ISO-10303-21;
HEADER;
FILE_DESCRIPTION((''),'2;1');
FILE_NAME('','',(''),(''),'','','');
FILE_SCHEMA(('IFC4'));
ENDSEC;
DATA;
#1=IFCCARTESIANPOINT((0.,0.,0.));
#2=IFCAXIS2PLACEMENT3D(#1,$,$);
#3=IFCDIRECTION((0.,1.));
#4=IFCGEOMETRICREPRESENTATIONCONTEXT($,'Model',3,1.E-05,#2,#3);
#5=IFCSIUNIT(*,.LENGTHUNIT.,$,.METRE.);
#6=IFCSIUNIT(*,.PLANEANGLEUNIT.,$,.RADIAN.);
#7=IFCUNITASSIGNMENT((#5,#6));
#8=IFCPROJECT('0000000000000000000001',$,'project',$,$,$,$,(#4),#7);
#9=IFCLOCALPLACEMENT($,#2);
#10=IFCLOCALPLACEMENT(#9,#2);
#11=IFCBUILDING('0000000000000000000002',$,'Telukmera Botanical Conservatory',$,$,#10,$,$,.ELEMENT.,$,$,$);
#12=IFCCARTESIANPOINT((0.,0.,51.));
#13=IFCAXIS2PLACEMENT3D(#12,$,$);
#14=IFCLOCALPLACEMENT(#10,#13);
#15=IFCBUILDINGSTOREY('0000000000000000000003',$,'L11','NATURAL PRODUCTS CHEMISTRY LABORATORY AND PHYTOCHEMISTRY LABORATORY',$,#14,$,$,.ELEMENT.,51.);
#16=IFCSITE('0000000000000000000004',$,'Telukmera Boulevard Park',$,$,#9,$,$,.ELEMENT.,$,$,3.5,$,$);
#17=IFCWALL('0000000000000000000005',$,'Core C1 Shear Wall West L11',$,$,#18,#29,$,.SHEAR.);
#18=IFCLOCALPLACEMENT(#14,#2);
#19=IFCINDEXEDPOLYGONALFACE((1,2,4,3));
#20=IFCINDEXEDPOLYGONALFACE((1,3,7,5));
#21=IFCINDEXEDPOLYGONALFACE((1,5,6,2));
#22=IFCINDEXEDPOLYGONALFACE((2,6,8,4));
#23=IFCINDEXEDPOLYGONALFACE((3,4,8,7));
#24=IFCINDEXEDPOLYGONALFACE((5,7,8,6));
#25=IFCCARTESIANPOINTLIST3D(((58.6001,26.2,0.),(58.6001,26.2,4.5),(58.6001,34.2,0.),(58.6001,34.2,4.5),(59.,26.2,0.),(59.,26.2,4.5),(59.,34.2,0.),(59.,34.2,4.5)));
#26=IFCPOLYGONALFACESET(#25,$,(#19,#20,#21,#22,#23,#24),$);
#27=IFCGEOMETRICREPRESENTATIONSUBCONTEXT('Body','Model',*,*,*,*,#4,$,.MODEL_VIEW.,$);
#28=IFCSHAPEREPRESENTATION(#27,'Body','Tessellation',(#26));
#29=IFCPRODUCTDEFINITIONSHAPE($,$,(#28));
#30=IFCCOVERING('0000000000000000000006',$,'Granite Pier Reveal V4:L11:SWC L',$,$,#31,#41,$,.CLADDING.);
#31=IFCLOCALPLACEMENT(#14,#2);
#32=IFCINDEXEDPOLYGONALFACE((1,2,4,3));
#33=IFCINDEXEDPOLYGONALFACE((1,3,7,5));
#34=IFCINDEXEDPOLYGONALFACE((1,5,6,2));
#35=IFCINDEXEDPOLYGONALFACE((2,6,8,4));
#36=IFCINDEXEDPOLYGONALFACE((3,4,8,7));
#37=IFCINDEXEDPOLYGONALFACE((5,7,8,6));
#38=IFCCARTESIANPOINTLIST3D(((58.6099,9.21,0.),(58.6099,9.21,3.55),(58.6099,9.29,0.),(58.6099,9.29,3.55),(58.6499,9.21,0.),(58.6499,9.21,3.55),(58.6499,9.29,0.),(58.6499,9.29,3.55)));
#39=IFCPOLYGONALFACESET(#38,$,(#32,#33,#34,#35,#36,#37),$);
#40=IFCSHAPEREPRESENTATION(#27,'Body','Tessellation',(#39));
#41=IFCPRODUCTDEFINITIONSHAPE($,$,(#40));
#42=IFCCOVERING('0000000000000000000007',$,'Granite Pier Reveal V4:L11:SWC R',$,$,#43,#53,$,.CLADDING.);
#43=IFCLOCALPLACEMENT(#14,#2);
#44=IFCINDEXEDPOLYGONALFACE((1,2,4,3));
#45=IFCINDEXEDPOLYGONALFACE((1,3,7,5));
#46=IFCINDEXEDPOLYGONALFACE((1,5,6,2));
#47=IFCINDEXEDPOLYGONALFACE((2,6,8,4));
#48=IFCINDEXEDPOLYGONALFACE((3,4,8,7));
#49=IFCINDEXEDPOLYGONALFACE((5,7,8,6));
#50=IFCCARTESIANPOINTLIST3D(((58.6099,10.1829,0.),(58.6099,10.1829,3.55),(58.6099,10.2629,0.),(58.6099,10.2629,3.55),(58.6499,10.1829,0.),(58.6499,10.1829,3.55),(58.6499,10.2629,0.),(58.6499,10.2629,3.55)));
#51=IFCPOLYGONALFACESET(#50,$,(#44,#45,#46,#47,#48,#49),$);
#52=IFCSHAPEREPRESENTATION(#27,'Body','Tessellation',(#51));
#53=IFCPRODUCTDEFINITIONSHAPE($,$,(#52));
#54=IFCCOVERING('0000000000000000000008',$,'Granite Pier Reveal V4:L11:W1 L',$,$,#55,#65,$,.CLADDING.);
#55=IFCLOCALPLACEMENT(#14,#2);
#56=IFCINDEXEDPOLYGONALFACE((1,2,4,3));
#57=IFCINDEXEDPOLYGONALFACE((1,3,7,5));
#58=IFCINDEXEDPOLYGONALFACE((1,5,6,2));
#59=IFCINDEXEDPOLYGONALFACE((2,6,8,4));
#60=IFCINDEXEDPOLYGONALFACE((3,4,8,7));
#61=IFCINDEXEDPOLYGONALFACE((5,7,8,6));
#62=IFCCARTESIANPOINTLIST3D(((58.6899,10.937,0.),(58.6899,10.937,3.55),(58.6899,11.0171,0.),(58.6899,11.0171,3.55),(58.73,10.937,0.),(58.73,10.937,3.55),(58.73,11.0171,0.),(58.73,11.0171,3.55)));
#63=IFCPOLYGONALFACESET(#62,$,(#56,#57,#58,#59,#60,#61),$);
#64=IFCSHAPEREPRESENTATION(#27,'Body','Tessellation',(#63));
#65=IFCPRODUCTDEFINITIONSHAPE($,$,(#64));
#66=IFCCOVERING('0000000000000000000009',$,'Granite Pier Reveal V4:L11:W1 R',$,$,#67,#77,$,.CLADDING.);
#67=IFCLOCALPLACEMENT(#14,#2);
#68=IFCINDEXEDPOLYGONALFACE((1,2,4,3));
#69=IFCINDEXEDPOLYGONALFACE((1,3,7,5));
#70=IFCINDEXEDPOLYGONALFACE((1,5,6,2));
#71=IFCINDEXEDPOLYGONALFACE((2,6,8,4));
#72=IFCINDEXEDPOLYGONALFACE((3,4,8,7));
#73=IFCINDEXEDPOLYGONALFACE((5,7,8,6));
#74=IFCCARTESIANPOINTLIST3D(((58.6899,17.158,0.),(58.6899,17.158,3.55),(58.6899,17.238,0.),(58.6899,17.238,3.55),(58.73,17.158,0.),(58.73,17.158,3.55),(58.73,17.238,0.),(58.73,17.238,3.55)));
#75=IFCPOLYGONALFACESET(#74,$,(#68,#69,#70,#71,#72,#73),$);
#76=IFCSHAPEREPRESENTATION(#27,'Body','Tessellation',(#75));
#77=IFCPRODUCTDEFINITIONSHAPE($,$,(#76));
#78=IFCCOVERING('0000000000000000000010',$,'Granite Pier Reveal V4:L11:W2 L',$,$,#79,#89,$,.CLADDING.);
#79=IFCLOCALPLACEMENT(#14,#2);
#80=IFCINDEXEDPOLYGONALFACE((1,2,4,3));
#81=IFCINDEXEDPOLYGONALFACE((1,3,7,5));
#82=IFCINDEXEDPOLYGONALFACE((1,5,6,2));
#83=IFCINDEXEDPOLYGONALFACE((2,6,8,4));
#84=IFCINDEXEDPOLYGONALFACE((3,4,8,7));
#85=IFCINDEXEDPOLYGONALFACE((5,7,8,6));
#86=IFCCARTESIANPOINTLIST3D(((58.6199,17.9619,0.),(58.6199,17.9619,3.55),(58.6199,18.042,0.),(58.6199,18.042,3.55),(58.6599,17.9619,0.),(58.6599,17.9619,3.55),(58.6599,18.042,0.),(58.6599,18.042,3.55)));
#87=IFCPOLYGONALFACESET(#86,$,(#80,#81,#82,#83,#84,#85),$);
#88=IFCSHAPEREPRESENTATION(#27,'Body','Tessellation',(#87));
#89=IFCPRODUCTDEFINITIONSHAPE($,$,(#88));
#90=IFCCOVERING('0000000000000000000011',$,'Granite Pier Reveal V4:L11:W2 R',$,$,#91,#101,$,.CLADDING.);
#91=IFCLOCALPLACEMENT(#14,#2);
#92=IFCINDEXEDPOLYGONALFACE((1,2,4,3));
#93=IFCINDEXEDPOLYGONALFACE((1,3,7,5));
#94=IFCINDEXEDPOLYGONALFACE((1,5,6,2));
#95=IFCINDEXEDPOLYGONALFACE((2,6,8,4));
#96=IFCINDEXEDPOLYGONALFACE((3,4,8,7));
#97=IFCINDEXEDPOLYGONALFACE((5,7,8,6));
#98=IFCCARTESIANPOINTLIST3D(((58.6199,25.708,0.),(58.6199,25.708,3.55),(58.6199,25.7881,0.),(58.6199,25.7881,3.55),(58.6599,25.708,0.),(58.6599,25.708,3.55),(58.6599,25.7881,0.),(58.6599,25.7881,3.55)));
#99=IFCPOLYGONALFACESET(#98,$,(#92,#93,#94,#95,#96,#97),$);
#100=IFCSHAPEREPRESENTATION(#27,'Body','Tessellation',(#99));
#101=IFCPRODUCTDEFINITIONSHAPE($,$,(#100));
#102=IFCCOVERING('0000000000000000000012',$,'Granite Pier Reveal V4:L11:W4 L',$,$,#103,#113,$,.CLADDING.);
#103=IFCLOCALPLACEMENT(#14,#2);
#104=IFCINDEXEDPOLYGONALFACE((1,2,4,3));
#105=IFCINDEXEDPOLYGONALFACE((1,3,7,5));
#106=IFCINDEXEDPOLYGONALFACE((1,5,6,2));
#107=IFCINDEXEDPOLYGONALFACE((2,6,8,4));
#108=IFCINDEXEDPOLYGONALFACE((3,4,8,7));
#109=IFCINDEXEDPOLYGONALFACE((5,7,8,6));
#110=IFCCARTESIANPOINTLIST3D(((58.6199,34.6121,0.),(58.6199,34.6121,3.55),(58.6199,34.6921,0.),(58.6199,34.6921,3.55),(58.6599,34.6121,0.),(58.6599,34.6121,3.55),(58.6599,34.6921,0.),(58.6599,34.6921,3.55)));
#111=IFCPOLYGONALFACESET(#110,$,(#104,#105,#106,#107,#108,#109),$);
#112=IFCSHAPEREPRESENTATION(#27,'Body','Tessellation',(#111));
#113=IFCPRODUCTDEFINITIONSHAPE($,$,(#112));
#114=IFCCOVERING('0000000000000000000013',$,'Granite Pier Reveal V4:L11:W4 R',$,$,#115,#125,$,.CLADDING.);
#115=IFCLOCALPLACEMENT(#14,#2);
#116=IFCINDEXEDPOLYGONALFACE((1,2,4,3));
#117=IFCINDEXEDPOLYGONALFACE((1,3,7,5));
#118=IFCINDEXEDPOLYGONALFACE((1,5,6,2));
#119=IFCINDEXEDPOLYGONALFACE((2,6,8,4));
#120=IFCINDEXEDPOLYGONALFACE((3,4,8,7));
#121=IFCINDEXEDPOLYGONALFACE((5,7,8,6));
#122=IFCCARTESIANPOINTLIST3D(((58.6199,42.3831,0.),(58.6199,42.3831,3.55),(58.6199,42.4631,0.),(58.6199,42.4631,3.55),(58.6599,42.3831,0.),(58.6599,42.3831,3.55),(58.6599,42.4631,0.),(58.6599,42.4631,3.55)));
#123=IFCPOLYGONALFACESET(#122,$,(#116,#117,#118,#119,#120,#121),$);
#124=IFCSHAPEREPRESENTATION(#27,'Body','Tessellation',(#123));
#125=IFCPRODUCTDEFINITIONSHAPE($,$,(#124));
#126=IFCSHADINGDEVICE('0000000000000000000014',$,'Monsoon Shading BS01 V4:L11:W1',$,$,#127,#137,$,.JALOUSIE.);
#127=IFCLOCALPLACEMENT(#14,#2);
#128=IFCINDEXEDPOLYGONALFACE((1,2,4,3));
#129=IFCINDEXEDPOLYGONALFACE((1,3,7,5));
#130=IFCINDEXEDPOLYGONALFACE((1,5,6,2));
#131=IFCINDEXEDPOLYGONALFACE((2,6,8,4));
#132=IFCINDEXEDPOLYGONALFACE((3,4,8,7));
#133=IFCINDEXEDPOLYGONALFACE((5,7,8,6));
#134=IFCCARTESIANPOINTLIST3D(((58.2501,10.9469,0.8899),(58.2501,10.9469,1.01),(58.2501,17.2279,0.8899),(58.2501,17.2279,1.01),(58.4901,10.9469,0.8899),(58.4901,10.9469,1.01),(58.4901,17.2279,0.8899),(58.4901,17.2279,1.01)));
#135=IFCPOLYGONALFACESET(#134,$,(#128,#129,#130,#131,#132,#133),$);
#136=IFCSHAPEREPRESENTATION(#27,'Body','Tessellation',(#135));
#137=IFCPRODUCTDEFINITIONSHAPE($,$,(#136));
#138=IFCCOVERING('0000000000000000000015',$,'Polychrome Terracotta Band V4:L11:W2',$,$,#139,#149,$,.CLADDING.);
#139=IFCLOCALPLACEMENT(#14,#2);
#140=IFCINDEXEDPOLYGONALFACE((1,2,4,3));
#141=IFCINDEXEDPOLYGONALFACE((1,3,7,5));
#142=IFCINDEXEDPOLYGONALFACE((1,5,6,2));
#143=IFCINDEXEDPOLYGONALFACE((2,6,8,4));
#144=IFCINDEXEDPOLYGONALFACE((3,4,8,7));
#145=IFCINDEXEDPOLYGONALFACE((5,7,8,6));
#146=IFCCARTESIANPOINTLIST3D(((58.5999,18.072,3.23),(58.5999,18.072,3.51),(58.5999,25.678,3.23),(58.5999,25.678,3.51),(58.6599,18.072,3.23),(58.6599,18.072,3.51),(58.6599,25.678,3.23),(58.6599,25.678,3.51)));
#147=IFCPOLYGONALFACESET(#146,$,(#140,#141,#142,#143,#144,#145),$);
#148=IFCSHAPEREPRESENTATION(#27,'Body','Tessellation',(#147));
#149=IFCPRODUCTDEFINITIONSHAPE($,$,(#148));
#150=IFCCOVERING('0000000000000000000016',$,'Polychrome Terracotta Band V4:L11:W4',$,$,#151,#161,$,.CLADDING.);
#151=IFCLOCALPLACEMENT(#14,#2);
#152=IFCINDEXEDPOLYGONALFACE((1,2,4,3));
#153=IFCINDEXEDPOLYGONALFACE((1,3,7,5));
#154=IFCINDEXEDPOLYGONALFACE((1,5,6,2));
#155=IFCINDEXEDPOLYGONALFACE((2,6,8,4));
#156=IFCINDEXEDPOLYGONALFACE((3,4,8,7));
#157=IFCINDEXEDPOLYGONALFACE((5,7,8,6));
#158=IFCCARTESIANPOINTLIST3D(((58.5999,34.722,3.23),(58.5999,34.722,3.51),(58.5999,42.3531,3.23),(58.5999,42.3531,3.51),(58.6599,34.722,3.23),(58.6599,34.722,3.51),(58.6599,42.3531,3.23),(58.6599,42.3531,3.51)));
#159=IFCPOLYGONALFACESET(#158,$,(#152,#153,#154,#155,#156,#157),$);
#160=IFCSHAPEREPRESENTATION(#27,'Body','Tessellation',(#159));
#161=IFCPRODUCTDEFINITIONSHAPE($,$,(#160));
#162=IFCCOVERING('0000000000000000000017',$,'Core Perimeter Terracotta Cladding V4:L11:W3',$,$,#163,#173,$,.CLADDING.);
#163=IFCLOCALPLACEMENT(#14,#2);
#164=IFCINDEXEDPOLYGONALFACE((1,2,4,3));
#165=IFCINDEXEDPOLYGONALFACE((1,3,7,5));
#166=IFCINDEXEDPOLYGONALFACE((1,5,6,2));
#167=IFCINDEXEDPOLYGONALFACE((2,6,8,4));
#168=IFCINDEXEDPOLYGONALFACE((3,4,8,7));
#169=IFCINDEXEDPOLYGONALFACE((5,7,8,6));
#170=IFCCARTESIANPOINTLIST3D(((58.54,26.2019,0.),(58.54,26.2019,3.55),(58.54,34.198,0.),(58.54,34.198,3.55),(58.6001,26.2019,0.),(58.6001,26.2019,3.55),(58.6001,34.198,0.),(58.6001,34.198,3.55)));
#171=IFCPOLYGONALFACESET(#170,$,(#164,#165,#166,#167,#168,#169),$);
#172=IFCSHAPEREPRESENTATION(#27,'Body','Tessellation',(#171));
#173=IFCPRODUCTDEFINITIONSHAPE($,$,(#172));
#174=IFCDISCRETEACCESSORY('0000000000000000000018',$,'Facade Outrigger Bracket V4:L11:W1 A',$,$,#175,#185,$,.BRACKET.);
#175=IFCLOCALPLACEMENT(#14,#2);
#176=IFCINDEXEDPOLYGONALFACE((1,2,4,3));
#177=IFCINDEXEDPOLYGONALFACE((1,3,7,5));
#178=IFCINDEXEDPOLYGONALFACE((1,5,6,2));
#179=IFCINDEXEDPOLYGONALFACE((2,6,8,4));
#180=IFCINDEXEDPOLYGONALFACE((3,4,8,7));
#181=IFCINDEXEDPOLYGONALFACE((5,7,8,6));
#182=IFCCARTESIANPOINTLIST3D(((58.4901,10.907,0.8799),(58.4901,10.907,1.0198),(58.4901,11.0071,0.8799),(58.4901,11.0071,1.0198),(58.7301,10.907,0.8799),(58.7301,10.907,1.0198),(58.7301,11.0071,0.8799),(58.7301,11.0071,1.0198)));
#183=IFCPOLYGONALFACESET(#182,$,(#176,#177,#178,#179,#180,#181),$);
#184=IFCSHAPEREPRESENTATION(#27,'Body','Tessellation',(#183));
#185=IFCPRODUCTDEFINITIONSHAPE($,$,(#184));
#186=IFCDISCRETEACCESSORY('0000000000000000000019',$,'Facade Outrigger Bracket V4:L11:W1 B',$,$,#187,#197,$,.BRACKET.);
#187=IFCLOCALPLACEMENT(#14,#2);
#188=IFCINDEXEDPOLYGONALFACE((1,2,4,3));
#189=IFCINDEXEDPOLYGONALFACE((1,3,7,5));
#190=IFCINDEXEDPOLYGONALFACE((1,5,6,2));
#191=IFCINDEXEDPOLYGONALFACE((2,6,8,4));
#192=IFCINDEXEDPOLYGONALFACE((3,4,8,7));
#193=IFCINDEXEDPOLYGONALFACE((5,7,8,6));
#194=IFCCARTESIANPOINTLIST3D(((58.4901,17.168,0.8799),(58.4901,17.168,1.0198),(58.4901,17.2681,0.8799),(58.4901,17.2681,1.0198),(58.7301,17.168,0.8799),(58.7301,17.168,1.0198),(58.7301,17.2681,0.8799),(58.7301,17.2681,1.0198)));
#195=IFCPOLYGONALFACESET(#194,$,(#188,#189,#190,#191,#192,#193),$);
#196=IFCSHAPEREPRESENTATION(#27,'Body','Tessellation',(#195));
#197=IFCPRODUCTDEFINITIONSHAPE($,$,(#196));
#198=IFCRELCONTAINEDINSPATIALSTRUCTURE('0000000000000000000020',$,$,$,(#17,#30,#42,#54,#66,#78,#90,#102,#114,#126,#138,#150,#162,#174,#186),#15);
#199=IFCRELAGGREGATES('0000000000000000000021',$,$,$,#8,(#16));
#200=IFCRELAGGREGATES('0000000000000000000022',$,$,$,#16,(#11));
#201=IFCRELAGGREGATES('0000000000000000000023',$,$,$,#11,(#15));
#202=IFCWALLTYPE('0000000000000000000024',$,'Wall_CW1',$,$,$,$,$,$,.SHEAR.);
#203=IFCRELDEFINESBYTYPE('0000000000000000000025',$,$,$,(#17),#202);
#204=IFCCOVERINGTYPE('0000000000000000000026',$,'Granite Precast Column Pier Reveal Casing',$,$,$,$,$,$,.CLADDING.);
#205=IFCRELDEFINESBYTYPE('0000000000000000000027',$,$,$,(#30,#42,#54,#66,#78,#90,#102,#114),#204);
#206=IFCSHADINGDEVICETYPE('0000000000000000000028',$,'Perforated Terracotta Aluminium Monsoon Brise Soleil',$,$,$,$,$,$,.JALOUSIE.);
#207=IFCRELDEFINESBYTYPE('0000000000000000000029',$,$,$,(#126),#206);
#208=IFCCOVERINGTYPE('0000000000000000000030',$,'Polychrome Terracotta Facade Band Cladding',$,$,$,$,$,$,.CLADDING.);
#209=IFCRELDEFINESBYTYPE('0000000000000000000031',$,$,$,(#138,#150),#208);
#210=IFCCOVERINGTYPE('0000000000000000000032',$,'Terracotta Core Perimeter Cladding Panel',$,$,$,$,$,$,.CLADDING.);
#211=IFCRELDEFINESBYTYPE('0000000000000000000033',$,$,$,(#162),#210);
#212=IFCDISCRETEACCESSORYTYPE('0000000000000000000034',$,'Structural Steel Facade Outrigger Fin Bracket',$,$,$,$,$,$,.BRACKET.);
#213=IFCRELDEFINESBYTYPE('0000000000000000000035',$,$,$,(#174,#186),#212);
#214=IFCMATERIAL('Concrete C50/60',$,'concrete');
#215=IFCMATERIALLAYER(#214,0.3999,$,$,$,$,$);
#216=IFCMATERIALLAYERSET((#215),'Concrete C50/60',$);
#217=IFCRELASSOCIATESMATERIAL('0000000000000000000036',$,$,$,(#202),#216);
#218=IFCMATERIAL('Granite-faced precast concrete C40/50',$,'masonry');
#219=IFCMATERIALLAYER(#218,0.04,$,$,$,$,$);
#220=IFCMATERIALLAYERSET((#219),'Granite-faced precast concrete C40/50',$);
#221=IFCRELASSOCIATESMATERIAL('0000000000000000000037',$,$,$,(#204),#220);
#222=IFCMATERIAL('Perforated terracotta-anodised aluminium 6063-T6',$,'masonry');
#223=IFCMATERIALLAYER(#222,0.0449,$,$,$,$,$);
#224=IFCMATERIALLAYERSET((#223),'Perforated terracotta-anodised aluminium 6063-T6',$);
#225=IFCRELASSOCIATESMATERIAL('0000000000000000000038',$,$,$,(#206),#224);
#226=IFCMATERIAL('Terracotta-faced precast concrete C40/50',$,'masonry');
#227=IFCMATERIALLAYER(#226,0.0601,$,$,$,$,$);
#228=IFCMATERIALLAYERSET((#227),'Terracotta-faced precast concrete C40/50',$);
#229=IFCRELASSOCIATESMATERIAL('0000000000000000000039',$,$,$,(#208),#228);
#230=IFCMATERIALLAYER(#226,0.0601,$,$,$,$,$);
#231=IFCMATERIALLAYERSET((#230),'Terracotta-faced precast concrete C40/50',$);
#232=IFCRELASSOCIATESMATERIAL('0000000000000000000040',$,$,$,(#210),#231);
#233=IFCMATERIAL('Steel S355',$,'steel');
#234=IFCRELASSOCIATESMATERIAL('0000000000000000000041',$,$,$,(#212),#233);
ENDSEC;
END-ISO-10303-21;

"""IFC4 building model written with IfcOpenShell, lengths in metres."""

from ifc_helpers import new_model, si_unit, direction, frame, frame_2d, origin, origin_2d, place, context, subcontext, project, spatial, rectangle, extrude, material, layer, layer_set, type_object, element, save


model = new_model("IFC4")

# Units and contexts
model_context = context("Model", 3, precision=1e-05, world=origin(), true_north=direction((0.0, 1.0)))
body_context = subcontext(model_context, "Body", "Model", "MODEL_VIEW")
ifc_project = project(units=[si_unit("LENGTHUNIT", "METRE"), si_unit("PLANEANGLEUNIT", "RADIAN")], contexts=[model_context])

# Site, building, storey
site_placement = place(None, origin())
site = spatial("IfcSite", under=ifc_project, at=site_placement, Name="Telukmera Boulevard Park", CompositionType="ELEMENT", RefElevation=3.5)
building_placement = place(site_placement, origin())
building = spatial("IfcBuilding", under=site, at=building_placement, Name="Telukmera Botanical Conservatory", CompositionType="ELEMENT")
storey_placement = place(building_placement, frame((0.0, 0.0, 51.0)))
storey = spatial("IfcBuildingStorey", under=building, at=storey_placement, Name="L11", Description="NATURAL PRODUCTS CHEMISTRY LABORATORY AND PHYTOCHEMISTRY LABORATORY", CompositionType="ELEMENT", Elevation=51.0)

# Shared definitions
ifc_material_1 = material(Name="Concrete C50/60", Category="concrete")

# Wall
ifc_material_2 = material(Name="Terracotta-faced precast concrete C40/50", Category="masonry")
ifc_layer_1 = layer(ifc_material_1, 0.3999)
ifc_layer_set_1 = layer_set([ifc_layer_1], Name="Concrete C50/60")
wall_type_1 = type_object("IfcWallType", Name="Wall_CW1", PredefinedType="SHEAR", material=ifc_layer_set_1)
wall_1_placement = place(storey_placement, frame((58.8, 26.2, 0.0), z_axis=(0.0, 0.0, 1.0), x_axis=(0.0, 1.0, 0.0)))
element("IfcWall", 1, at=wall_1_placement, inside=storey, type_object=wall_type_1, Name="Core C1 Shear Wall West L11", PredefinedType="SHEAR", context=body_context, shape_type="SweptSolid", body=[
    extrude(rectangle(XDim=8.0, YDim=0.3999, at=frame_2d((4.0, 0.0))), origin(), (0.0, 0.0, 1.0), 4.5),
])

# Coverings
ifc_material_3 = material(Name="Granite-faced precast concrete C40/50", Category="masonry")
ifc_layer_2 = layer(ifc_material_3, 0.04)
ifc_layer_set_2 = layer_set([ifc_layer_2], Name="Granite-faced precast concrete C40/50")
covering_type_1 = type_object("IfcCoveringType", Name="Granite Precast Column Pier Reveal Casing", PredefinedType="CLADDING", material=ifc_layer_set_2)
for number, where, z_axis, x_axis, name in (
    (2, (58.6299, 9.25, 0.0), (0.0, 0.0, 1.0), (0.0, 1.0, 0.0), "Granite Pier Reveal V4:L11:SWC L"),
    (3, (58.6299, 10.2229, 0.0), (0.0, 0.0, 1.0), (0.0, 1.0, 0.0), "Granite Pier Reveal V4:L11:SWC R"),
    (4, (58.71, 10.9771, 0.0), (0.0, 0.0, 1.0), (0.0, 1.0, 0.0), "Granite Pier Reveal V4:L11:W1 L"),
    (5, (58.71, 17.198, 0.0), (0.0, 0.0, 1.0), (0.0, 1.0, 0.0), "Granite Pier Reveal V4:L11:W1 R"),
    (6, (58.6399, 18.002, 0.0), (0.0, 0.0, 1.0), (0.0, 1.0, 0.0), "Granite Pier Reveal V4:L11:W2 L"),
    (7, (58.6399, 25.748, 0.0), (0.0, 0.0, 1.0), (0.0, 1.0, 0.0), "Granite Pier Reveal V4:L11:W2 R"),
    (8, (58.6399, 34.6521, 0.0), (0.0, 0.0, 1.0), (0.0, 1.0, 0.0), "Granite Pier Reveal V4:L11:W4 L"),
    (9, (58.6399, 42.4231, 0.0), (0.0, 0.0, 1.0), (0.0, 1.0, 0.0), "Granite Pier Reveal V4:L11:W4 R"),
):
    element("IfcCovering", number, at=place(storey_placement, frame(where, z_axis=z_axis, x_axis=x_axis)), inside=storey, type_object=covering_type_1, Name=name, PredefinedType="CLADDING", context=body_context, shape_type="SweptSolid", body=[
        extrude(rectangle(XDim=0.0801, YDim=0.04, at=origin_2d()), origin(), (0.0, 0.0, 1.0), 3.55),
    ])

# Shading device
ifc_material_4 = material(Name="Perforated terracotta-anodised aluminium 6063-T6", Category="masonry")
ifc_layer_3 = layer(ifc_material_4, 0.0449)
ifc_layer_set_3 = layer_set([ifc_layer_3], Name="Perforated terracotta-anodised aluminium 6063-T6")
shading_device_type = type_object("IfcShadingDeviceType", Name="Perforated Terracotta Aluminium Monsoon Brise Soleil", PredefinedType="JALOUSIE", material=ifc_layer_set_3)
shading_device_placement = place(storey_placement, frame((58.3701, 14.0874, 0.8899), z_axis=(0.0, 0.0, 1.0), x_axis=(0.0, 1.0, 0.0)))
element("IfcShadingDevice", 10, at=shading_device_placement, inside=storey, type_object=shading_device_type, Name="Monsoon Shading BS01 V4:L11:W1", PredefinedType="JALOUSIE", context=body_context, shape_type="SweptSolid", body=[
    extrude(rectangle(XDim=6.281, YDim=0.24, at=origin_2d()), origin(), (0.0, 0.0, 1.0), 0.1201),
])

# Coverings
ifc_layer_4 = layer(ifc_material_2, 0.0601)
ifc_layer_set_4 = layer_set([ifc_layer_4], Name="Terracotta-faced precast concrete C40/50")
covering_type_2 = type_object("IfcCoveringType", Name="Polychrome Terracotta Facade Band Cladding", PredefinedType="CLADDING", material=ifc_layer_set_4)
covering_1_placement = place(storey_placement, frame((58.6299, 21.875, 3.23), z_axis=(0.0, 0.0, 1.0), x_axis=(0.0, 1.0, 0.0)))
element("IfcCovering", 11, at=covering_1_placement, inside=storey, type_object=covering_type_2, Name="Polychrome Terracotta Band V4:L11:W2", PredefinedType="CLADDING", context=body_context, shape_type="SweptSolid", body=[
    extrude(rectangle(XDim=7.606, YDim=0.0601, at=origin_2d()), origin(), (0.0, 0.0, 1.0), 0.28),
])
covering_2_placement = place(storey_placement, frame((58.6299, 38.5376, 3.23), z_axis=(0.0, 0.0, 1.0), x_axis=(0.0, 1.0, 0.0)))
element("IfcCovering", 12, at=covering_2_placement, inside=storey, type_object=covering_type_2, Name="Polychrome Terracotta Band V4:L11:W4", PredefinedType="CLADDING", context=body_context, shape_type="SweptSolid", body=[
    extrude(rectangle(XDim=7.6311, YDim=0.0601, at=origin_2d()), origin(), (0.0, 0.0, 1.0), 0.28),
])
ifc_layer_5 = layer(ifc_material_2, 0.0601)
ifc_layer_set_5 = layer_set([ifc_layer_5], Name="Terracotta-faced precast concrete C40/50")
covering_type_3 = type_object("IfcCoveringType", Name="Terracotta Core Perimeter Cladding Panel", PredefinedType="CLADDING", material=ifc_layer_set_5)
covering_3_placement = place(storey_placement, frame((58.5701, 30.2, 0.0), z_axis=(0.0, 0.0, 1.0), x_axis=(0.0, 1.0, 0.0)))
element("IfcCovering", 13, at=covering_3_placement, inside=storey, type_object=covering_type_3, Name="Core Perimeter Terracotta Cladding V4:L11:W3", PredefinedType="CLADDING", context=body_context, shape_type="SweptSolid", body=[
    extrude(rectangle(XDim=7.9961, YDim=0.0601, at=origin_2d()), origin(), (0.0, 0.0, 1.0), 3.55),
])

# Discrete accessories
ifc_material_5 = material(Name="Steel S355", Category="steel")
discrete_accessory_type = type_object("IfcDiscreteAccessoryType", Name="Structural Steel Facade Outrigger Fin Bracket", PredefinedType="BRACKET", material=ifc_material_5)
for number, where, z_axis, x_axis, name in (
    (14, (58.6101, 10.957, 0.8799), (0.0, 0.0, 1.0), (0.0, 1.0, 0.0), "Facade Outrigger Bracket V4:L11:W1 A"),
    (15, (58.6101, 17.218, 0.8799), (0.0, 0.0, 1.0), (0.0, 1.0, 0.0), "Facade Outrigger Bracket V4:L11:W1 B"),
):
    element("IfcDiscreteAccessory", number, at=place(storey_placement, frame(where, z_axis=z_axis, x_axis=x_axis)), inside=storey, type_object=discrete_accessory_type, Name=name, PredefinedType="BRACKET", context=body_context, shape_type="SweptSolid", body=[
        extrude(rectangle(XDim=0.1001, YDim=0.24, at=origin_2d()), origin(), (0.0, 0.0, 1.0), 0.1399),
    ])

save(model, "model.ifc")
